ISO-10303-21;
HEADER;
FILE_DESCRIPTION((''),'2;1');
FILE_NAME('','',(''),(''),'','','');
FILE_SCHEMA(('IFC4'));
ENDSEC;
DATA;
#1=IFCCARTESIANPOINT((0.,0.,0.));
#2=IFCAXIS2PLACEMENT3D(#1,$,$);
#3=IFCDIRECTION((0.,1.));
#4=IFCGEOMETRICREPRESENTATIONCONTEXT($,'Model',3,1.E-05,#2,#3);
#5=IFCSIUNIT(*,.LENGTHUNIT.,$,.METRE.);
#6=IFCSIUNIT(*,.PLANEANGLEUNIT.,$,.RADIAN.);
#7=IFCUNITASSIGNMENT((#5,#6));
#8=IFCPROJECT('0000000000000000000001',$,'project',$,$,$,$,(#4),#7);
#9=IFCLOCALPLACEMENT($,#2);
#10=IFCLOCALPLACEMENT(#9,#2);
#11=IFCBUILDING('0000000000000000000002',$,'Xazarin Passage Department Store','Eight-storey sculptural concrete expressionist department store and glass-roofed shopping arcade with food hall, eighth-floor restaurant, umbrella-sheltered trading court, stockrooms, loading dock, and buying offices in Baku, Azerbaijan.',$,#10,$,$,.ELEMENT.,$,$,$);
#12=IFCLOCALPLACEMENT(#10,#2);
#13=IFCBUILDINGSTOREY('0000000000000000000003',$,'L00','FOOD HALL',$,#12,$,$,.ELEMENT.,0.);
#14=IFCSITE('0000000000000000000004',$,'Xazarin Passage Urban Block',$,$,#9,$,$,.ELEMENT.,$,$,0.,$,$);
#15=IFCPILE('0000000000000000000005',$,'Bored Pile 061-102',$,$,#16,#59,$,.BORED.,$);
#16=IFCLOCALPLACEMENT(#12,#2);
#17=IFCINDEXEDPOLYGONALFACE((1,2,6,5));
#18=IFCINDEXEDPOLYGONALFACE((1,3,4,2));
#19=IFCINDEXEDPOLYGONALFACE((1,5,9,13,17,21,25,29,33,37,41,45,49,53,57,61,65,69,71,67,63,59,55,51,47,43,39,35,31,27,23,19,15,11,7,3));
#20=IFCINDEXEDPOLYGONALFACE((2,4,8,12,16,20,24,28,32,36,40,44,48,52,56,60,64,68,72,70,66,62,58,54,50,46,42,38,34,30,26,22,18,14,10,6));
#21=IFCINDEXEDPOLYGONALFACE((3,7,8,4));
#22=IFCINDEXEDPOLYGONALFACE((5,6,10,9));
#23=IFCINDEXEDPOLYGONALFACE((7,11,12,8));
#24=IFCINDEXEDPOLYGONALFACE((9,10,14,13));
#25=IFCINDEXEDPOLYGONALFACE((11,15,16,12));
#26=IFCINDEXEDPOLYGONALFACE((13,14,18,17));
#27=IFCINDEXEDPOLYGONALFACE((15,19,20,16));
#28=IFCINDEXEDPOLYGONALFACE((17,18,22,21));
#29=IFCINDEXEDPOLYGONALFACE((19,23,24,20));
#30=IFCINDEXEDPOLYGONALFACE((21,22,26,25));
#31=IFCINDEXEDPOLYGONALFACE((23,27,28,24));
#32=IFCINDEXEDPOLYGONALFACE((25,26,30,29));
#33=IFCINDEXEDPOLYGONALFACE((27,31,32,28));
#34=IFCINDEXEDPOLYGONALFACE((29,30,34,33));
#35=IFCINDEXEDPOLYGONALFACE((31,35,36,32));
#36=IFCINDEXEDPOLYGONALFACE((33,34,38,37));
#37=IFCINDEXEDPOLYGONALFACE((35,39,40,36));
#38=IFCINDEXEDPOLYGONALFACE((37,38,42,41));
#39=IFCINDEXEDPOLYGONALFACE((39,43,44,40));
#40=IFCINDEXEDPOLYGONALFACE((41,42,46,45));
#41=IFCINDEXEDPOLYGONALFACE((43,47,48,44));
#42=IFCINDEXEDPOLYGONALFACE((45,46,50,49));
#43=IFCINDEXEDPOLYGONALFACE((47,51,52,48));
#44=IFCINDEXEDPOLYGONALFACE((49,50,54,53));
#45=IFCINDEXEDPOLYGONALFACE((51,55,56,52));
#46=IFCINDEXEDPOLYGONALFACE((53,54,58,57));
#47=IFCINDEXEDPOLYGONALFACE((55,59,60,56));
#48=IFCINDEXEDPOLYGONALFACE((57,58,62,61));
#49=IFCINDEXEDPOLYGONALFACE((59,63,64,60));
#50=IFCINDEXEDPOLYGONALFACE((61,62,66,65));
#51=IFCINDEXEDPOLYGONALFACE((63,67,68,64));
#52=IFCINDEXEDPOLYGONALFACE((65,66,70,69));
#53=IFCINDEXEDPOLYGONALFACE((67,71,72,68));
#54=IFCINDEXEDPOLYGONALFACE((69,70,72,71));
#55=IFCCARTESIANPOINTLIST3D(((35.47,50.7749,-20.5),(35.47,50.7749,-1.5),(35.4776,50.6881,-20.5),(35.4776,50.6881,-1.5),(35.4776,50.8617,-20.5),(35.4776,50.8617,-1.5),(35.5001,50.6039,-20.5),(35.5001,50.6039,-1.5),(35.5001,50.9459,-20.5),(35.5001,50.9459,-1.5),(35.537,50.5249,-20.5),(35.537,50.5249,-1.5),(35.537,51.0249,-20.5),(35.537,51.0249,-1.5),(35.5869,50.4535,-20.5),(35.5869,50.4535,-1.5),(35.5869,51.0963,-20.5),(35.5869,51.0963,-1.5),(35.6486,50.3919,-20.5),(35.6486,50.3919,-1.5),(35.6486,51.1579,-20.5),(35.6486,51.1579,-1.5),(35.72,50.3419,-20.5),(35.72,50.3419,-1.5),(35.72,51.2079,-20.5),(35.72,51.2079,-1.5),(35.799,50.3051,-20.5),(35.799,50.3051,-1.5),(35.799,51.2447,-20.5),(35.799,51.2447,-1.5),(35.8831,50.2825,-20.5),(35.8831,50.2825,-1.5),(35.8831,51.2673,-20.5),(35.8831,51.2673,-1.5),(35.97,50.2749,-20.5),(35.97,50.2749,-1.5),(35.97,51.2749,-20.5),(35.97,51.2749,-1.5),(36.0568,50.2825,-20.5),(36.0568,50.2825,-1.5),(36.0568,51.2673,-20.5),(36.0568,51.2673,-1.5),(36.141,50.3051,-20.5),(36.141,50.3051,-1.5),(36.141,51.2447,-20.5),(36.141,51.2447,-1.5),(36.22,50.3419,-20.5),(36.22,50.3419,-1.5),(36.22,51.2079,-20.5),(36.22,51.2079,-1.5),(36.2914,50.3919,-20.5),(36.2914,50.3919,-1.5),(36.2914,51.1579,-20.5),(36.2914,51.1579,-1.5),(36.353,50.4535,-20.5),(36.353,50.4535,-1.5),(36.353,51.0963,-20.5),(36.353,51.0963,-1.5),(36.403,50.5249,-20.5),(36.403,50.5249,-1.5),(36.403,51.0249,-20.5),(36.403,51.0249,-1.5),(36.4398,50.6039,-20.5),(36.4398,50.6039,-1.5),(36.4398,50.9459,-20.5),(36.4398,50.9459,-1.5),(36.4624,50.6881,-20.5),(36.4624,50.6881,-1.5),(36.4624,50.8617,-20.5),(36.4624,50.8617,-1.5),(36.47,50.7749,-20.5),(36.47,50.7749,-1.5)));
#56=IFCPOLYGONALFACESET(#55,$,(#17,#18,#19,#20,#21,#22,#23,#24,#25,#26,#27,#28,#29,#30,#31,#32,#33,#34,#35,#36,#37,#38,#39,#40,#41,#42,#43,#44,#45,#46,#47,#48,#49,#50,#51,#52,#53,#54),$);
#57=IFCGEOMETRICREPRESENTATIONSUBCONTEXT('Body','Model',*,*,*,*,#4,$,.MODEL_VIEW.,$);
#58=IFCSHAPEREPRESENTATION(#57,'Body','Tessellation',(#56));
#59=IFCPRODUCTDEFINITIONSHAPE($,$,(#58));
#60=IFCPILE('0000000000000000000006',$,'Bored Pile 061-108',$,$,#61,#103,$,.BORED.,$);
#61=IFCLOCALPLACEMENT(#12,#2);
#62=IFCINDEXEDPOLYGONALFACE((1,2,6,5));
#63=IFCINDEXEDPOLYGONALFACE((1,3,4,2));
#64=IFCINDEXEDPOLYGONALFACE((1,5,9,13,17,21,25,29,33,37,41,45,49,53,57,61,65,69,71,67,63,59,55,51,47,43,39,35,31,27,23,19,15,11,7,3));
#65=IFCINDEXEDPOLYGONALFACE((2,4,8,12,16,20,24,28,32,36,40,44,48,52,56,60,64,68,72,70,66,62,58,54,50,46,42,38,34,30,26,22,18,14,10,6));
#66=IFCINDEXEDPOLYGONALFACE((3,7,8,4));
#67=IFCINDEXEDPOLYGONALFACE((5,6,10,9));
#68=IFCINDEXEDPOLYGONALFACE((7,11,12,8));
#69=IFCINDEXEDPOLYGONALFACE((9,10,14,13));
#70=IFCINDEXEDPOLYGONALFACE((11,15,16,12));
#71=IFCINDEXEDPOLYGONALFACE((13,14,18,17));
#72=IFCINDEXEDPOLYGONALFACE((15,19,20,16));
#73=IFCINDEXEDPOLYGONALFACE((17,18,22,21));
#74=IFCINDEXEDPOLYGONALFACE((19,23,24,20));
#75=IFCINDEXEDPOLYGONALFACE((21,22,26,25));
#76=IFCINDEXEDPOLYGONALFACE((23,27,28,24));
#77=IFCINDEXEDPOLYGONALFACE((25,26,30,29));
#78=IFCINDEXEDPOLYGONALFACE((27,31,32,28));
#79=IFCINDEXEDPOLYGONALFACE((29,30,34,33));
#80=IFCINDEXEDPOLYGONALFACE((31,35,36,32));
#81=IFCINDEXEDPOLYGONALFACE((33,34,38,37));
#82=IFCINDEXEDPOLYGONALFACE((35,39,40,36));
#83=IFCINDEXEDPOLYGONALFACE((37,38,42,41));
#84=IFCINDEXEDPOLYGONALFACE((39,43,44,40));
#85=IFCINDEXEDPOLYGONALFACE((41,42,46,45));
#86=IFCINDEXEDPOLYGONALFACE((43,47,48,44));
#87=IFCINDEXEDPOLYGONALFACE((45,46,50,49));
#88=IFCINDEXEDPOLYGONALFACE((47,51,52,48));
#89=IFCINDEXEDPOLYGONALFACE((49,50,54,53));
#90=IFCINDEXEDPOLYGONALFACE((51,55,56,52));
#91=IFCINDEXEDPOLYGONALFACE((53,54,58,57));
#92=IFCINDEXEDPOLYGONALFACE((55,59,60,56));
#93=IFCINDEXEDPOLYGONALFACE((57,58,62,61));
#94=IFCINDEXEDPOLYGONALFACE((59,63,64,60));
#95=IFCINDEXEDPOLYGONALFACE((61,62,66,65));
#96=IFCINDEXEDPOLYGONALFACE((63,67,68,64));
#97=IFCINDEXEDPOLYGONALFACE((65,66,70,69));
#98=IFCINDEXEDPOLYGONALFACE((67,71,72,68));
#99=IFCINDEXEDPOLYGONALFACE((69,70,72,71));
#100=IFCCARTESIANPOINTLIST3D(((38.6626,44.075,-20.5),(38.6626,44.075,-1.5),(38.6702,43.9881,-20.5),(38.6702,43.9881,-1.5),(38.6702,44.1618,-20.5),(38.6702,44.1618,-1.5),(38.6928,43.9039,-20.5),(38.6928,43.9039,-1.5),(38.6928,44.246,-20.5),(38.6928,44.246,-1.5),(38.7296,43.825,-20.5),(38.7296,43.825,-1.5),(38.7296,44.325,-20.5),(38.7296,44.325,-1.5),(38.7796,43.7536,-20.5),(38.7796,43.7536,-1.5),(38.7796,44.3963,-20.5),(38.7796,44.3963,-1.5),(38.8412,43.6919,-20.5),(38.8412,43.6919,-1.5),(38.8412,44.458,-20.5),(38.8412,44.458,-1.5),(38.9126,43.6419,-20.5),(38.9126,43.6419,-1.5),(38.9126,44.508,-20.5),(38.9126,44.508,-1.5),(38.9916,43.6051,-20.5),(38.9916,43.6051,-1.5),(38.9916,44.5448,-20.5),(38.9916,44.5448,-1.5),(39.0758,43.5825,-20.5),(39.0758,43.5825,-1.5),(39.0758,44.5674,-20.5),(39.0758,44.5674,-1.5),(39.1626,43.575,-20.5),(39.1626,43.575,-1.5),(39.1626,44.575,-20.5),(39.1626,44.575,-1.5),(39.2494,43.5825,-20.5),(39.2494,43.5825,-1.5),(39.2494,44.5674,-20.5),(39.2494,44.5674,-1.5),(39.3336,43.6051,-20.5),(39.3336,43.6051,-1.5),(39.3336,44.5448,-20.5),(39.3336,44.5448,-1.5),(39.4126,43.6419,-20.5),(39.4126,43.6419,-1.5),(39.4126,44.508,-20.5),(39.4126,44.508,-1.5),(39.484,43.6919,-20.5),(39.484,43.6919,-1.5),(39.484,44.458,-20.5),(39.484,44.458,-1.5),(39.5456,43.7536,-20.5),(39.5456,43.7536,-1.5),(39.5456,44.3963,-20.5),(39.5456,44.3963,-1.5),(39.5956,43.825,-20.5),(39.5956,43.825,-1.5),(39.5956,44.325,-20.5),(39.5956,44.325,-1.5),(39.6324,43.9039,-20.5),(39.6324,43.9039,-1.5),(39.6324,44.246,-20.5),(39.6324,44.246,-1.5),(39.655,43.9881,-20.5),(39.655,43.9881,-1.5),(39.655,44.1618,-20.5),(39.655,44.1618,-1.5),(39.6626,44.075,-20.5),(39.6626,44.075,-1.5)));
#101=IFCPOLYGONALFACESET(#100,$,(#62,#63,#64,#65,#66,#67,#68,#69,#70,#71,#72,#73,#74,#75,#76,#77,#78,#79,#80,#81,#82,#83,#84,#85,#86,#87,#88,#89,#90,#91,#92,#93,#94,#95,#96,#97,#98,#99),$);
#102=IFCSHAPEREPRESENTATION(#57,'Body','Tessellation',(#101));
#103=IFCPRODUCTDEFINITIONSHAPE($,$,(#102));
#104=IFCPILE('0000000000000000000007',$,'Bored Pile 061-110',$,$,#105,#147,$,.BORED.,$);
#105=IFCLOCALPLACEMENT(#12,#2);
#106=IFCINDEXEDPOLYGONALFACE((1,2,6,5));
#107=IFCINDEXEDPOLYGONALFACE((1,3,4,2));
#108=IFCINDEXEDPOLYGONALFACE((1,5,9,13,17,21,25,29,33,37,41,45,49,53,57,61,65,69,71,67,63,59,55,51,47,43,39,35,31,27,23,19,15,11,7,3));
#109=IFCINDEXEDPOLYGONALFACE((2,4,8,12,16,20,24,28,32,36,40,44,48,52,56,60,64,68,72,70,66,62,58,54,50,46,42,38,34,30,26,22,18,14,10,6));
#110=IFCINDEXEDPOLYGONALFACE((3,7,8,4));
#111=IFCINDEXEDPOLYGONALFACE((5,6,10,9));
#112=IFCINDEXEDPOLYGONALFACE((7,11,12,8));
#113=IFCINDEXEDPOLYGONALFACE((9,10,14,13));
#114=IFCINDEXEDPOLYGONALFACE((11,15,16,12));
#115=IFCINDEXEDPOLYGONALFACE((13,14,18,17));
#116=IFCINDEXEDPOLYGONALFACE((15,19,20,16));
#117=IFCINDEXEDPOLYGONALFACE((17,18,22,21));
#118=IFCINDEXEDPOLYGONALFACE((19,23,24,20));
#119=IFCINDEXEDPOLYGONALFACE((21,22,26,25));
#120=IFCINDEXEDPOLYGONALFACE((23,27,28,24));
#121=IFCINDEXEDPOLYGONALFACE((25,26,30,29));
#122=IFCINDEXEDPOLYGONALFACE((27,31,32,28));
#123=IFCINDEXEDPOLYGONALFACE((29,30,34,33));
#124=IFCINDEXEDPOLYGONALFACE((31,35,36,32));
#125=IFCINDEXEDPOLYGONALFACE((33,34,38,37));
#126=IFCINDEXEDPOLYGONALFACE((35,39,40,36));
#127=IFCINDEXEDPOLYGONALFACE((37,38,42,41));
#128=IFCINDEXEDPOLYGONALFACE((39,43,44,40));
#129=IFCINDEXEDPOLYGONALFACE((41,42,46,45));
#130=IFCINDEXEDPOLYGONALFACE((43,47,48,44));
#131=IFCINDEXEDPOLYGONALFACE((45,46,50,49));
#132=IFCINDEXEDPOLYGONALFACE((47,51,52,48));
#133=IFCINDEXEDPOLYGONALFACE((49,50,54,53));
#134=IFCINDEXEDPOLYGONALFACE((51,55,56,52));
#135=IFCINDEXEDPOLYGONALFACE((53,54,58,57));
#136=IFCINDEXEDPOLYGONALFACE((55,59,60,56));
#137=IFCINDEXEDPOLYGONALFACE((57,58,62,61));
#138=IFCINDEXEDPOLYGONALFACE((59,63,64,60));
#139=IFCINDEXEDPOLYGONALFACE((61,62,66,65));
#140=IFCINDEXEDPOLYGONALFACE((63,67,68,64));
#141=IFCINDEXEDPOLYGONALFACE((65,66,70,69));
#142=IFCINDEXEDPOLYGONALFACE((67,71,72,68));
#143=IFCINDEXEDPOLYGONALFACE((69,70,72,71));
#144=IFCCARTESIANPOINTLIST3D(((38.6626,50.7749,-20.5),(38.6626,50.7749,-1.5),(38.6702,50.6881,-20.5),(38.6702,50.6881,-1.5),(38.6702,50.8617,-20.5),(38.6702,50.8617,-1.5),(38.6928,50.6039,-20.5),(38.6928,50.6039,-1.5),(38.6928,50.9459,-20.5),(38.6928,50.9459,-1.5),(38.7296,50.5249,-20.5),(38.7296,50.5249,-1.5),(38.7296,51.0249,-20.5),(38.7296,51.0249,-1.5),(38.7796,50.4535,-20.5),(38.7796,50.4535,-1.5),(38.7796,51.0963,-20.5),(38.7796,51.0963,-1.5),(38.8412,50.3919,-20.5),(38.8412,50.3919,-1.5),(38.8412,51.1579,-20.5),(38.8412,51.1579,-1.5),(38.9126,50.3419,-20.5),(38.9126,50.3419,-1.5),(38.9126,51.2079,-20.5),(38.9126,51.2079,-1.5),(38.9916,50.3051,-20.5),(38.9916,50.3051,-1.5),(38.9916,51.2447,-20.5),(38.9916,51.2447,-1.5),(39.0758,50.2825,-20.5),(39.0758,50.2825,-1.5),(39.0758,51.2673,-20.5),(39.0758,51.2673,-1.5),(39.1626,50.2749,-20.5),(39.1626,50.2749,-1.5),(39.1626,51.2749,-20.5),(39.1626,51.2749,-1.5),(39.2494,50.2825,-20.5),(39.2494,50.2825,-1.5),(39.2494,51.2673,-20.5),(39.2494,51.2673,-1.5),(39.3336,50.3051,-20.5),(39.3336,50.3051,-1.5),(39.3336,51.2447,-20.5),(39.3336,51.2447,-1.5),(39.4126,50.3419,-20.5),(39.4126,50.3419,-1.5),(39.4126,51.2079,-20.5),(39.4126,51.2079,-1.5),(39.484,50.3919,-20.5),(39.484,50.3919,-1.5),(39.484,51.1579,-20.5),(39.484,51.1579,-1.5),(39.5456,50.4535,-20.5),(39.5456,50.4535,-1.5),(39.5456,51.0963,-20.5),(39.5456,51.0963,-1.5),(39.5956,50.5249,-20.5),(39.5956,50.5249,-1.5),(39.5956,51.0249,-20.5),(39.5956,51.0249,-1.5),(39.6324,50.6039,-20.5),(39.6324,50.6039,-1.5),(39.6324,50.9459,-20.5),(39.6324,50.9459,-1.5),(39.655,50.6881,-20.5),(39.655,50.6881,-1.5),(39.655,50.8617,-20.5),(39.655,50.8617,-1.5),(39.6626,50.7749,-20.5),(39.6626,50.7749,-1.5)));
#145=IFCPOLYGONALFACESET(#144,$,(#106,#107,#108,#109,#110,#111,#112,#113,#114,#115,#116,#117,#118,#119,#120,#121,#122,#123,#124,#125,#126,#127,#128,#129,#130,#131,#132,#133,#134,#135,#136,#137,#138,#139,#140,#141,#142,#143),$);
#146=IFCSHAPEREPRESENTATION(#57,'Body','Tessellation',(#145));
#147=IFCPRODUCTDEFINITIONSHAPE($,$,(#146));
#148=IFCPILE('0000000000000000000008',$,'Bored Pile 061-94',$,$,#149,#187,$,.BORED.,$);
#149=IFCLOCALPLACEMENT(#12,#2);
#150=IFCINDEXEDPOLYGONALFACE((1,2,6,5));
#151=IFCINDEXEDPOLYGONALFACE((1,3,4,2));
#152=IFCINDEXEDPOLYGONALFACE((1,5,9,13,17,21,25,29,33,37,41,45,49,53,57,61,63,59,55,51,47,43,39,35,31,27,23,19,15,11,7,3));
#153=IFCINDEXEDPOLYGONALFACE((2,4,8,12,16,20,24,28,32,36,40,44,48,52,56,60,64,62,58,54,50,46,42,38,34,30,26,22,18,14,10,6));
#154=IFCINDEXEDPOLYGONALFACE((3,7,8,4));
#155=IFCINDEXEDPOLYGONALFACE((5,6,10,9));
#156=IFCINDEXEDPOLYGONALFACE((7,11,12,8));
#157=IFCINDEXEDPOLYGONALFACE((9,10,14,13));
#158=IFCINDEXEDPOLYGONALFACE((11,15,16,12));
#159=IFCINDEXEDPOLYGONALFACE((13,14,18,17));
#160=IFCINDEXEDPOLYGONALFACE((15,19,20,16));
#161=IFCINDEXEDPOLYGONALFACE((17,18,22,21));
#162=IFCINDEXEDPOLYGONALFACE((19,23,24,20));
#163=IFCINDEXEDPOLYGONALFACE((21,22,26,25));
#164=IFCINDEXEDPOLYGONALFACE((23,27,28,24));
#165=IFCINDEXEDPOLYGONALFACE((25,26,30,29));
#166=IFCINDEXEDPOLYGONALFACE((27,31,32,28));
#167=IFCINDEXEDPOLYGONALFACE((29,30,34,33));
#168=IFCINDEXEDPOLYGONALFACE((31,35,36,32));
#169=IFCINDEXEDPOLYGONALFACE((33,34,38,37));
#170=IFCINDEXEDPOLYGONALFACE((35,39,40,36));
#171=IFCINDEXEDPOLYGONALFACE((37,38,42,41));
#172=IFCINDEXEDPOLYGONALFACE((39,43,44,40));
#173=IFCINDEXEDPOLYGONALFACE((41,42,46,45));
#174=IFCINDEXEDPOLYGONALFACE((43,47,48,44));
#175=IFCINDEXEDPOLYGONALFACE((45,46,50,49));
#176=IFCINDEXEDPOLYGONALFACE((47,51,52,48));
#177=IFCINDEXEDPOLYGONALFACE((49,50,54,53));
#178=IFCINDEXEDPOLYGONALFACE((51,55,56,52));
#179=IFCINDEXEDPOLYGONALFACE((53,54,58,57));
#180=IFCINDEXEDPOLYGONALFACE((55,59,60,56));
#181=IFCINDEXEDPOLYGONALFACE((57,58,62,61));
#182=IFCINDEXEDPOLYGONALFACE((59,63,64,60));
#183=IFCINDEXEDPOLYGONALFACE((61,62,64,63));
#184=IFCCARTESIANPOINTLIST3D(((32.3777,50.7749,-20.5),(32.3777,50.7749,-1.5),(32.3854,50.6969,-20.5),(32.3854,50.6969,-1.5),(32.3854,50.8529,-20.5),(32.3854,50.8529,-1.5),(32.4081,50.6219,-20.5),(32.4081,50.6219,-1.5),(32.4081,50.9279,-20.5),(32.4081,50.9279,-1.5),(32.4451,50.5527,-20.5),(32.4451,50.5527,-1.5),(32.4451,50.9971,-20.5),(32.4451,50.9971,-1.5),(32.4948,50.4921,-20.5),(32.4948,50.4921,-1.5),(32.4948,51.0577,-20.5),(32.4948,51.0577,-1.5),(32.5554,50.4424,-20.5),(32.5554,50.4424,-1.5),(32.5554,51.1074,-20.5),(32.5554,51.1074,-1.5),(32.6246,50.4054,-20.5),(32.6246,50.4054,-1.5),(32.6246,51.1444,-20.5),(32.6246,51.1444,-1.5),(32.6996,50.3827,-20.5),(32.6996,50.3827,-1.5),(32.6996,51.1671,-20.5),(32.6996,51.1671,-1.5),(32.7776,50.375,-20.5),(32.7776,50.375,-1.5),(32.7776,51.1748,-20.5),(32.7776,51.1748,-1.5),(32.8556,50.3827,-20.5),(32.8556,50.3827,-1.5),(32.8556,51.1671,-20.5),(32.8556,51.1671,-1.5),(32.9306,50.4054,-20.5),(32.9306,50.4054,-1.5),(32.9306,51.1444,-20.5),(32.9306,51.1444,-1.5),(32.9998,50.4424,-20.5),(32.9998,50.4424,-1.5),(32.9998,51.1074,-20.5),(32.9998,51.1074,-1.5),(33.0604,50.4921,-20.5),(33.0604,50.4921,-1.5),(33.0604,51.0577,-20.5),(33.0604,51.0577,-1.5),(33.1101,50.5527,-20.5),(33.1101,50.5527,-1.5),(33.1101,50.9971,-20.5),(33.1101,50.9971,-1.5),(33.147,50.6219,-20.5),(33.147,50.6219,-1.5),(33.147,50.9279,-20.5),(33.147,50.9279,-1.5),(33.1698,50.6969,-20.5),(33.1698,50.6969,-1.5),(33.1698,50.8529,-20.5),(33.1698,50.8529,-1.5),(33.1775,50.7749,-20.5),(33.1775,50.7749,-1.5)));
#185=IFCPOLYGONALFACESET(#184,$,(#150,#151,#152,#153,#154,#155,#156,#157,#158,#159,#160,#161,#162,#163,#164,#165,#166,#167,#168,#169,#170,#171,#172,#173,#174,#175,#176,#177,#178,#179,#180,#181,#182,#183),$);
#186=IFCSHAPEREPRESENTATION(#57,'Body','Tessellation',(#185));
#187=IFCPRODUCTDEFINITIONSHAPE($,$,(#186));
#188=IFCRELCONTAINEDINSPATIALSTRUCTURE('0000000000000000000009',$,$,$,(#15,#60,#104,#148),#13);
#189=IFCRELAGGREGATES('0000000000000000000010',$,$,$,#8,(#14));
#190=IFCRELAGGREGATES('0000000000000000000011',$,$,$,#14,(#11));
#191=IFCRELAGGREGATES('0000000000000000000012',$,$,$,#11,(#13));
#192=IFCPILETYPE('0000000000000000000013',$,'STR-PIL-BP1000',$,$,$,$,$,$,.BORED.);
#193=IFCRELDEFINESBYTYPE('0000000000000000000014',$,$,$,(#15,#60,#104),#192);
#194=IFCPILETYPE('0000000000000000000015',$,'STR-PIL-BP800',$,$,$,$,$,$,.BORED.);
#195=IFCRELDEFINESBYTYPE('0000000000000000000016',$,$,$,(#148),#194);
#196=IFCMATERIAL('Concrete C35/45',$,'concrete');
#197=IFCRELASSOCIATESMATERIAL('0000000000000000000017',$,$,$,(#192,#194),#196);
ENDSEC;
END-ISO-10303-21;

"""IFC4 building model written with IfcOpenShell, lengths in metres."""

from ifc_helpers import new_model, si_unit, direction, frame, origin, origin_2d, place, context, subcontext, project, spatial, circle, extrude, material, material_profile, profile_set, type_object, element, save


model = new_model("IFC4")

# Units and contexts
model_context = context("Model", 3, precision=1e-05, world=origin(), true_north=direction((0.0, 1.0)))
body_context = subcontext(model_context, "Body", "Model", "MODEL_VIEW")
ifc_project = project(units=[si_unit("LENGTHUNIT", "METRE"), si_unit("PLANEANGLEUNIT", "RADIAN")], contexts=[model_context])

# Site, building, storey
site_placement = place(None, origin())
site = spatial("IfcSite", under=ifc_project, at=site_placement, Name="Xazarin Passage Urban Block", CompositionType="ELEMENT", RefElevation=0.0)
building_placement = place(site_placement, origin())
building = spatial("IfcBuilding", under=site, at=building_placement, Name="Xazarin Passage Department Store", Description="Eight-storey sculptural concrete expressionist department store and glass-roofed shopping arcade with food hall, eighth-floor restaurant, umbrella-sheltered trading court, stockrooms, loading dock, and buying offices in Baku, Azerbaijan.", CompositionType="ELEMENT")
storey_placement = place(building_placement, origin())
storey = spatial("IfcBuildingStorey", under=building, at=storey_placement, Name="L00", Description="FOOD HALL", CompositionType="ELEMENT", Elevation=0.0)

# Piles
ifc_material_1 = material(Name="Concrete C35/45", Category="concrete")
ifc_material_profile_1 = material_profile(ifc_material_1, circle(Radius=0.5, at=origin_2d()), Name="BP 1000")
ifc_profile_set_1 = profile_set([ifc_material_profile_1], Name="Concrete C35/45")
pile_type_1 = type_object("IfcPileType", Name="STR-PIL-BP1000", PredefinedType="BORED", material=ifc_profile_set_1)
for number, where, z_axis, x_axis, name in (
    (1, (35.97, 50.7749, -1.5), (0.0, 0.0, -1.0), (1.0, 0.0, 0.0), "Bored Pile 061-102"),
    (2, (39.1626, 44.075, -1.5), (0.0, 0.0, -1.0), (1.0, 0.0, 0.0), "Bored Pile 061-108"),
    (3, (39.1626, 50.7749, -1.5), (0.0, 0.0, -1.0), (1.0, 0.0, 0.0), "Bored Pile 061-110"),
):
    element("IfcPile", number, at=place(storey_placement, frame(where, z_axis=z_axis, x_axis=x_axis)), inside=storey, type_object=pile_type_1, Name=name, PredefinedType="BORED", context=body_context, shape_type="SweptSolid", body=[
        extrude(circle(Radius=0.5, at=origin_2d()), origin(), (0.0, 0.0, 1.0), 19.0),
    ])
ifc_material_profile_2 = material_profile(ifc_material_1, circle(Radius=0.3999, at=origin_2d()), Name="BP 800")
ifc_profile_set_2 = profile_set([ifc_material_profile_2], Name="Concrete C35/45")
pile_type_2 = type_object("IfcPileType", Name="STR-PIL-BP800", PredefinedType="BORED", material=ifc_profile_set_2)
for number, where, z_axis, x_axis, name in (
    (4, (32.7776, 50.7749, -1.5), (0.0, 0.0, -1.0), (1.0, 0.0, 0.0), "Bored Pile 061-94"),
):
    element("IfcPile", number, at=place(storey_placement, frame(where, z_axis=z_axis, x_axis=x_axis)), inside=storey, type_object=pile_type_2, Name=name, PredefinedType="BORED", context=body_context, shape_type="SweptSolid", body=[
        extrude(circle(Radius=0.3999, at=origin_2d()), origin(), (0.0, 0.0, 1.0), 19.0),
    ])

save(model, "model.ifc")
